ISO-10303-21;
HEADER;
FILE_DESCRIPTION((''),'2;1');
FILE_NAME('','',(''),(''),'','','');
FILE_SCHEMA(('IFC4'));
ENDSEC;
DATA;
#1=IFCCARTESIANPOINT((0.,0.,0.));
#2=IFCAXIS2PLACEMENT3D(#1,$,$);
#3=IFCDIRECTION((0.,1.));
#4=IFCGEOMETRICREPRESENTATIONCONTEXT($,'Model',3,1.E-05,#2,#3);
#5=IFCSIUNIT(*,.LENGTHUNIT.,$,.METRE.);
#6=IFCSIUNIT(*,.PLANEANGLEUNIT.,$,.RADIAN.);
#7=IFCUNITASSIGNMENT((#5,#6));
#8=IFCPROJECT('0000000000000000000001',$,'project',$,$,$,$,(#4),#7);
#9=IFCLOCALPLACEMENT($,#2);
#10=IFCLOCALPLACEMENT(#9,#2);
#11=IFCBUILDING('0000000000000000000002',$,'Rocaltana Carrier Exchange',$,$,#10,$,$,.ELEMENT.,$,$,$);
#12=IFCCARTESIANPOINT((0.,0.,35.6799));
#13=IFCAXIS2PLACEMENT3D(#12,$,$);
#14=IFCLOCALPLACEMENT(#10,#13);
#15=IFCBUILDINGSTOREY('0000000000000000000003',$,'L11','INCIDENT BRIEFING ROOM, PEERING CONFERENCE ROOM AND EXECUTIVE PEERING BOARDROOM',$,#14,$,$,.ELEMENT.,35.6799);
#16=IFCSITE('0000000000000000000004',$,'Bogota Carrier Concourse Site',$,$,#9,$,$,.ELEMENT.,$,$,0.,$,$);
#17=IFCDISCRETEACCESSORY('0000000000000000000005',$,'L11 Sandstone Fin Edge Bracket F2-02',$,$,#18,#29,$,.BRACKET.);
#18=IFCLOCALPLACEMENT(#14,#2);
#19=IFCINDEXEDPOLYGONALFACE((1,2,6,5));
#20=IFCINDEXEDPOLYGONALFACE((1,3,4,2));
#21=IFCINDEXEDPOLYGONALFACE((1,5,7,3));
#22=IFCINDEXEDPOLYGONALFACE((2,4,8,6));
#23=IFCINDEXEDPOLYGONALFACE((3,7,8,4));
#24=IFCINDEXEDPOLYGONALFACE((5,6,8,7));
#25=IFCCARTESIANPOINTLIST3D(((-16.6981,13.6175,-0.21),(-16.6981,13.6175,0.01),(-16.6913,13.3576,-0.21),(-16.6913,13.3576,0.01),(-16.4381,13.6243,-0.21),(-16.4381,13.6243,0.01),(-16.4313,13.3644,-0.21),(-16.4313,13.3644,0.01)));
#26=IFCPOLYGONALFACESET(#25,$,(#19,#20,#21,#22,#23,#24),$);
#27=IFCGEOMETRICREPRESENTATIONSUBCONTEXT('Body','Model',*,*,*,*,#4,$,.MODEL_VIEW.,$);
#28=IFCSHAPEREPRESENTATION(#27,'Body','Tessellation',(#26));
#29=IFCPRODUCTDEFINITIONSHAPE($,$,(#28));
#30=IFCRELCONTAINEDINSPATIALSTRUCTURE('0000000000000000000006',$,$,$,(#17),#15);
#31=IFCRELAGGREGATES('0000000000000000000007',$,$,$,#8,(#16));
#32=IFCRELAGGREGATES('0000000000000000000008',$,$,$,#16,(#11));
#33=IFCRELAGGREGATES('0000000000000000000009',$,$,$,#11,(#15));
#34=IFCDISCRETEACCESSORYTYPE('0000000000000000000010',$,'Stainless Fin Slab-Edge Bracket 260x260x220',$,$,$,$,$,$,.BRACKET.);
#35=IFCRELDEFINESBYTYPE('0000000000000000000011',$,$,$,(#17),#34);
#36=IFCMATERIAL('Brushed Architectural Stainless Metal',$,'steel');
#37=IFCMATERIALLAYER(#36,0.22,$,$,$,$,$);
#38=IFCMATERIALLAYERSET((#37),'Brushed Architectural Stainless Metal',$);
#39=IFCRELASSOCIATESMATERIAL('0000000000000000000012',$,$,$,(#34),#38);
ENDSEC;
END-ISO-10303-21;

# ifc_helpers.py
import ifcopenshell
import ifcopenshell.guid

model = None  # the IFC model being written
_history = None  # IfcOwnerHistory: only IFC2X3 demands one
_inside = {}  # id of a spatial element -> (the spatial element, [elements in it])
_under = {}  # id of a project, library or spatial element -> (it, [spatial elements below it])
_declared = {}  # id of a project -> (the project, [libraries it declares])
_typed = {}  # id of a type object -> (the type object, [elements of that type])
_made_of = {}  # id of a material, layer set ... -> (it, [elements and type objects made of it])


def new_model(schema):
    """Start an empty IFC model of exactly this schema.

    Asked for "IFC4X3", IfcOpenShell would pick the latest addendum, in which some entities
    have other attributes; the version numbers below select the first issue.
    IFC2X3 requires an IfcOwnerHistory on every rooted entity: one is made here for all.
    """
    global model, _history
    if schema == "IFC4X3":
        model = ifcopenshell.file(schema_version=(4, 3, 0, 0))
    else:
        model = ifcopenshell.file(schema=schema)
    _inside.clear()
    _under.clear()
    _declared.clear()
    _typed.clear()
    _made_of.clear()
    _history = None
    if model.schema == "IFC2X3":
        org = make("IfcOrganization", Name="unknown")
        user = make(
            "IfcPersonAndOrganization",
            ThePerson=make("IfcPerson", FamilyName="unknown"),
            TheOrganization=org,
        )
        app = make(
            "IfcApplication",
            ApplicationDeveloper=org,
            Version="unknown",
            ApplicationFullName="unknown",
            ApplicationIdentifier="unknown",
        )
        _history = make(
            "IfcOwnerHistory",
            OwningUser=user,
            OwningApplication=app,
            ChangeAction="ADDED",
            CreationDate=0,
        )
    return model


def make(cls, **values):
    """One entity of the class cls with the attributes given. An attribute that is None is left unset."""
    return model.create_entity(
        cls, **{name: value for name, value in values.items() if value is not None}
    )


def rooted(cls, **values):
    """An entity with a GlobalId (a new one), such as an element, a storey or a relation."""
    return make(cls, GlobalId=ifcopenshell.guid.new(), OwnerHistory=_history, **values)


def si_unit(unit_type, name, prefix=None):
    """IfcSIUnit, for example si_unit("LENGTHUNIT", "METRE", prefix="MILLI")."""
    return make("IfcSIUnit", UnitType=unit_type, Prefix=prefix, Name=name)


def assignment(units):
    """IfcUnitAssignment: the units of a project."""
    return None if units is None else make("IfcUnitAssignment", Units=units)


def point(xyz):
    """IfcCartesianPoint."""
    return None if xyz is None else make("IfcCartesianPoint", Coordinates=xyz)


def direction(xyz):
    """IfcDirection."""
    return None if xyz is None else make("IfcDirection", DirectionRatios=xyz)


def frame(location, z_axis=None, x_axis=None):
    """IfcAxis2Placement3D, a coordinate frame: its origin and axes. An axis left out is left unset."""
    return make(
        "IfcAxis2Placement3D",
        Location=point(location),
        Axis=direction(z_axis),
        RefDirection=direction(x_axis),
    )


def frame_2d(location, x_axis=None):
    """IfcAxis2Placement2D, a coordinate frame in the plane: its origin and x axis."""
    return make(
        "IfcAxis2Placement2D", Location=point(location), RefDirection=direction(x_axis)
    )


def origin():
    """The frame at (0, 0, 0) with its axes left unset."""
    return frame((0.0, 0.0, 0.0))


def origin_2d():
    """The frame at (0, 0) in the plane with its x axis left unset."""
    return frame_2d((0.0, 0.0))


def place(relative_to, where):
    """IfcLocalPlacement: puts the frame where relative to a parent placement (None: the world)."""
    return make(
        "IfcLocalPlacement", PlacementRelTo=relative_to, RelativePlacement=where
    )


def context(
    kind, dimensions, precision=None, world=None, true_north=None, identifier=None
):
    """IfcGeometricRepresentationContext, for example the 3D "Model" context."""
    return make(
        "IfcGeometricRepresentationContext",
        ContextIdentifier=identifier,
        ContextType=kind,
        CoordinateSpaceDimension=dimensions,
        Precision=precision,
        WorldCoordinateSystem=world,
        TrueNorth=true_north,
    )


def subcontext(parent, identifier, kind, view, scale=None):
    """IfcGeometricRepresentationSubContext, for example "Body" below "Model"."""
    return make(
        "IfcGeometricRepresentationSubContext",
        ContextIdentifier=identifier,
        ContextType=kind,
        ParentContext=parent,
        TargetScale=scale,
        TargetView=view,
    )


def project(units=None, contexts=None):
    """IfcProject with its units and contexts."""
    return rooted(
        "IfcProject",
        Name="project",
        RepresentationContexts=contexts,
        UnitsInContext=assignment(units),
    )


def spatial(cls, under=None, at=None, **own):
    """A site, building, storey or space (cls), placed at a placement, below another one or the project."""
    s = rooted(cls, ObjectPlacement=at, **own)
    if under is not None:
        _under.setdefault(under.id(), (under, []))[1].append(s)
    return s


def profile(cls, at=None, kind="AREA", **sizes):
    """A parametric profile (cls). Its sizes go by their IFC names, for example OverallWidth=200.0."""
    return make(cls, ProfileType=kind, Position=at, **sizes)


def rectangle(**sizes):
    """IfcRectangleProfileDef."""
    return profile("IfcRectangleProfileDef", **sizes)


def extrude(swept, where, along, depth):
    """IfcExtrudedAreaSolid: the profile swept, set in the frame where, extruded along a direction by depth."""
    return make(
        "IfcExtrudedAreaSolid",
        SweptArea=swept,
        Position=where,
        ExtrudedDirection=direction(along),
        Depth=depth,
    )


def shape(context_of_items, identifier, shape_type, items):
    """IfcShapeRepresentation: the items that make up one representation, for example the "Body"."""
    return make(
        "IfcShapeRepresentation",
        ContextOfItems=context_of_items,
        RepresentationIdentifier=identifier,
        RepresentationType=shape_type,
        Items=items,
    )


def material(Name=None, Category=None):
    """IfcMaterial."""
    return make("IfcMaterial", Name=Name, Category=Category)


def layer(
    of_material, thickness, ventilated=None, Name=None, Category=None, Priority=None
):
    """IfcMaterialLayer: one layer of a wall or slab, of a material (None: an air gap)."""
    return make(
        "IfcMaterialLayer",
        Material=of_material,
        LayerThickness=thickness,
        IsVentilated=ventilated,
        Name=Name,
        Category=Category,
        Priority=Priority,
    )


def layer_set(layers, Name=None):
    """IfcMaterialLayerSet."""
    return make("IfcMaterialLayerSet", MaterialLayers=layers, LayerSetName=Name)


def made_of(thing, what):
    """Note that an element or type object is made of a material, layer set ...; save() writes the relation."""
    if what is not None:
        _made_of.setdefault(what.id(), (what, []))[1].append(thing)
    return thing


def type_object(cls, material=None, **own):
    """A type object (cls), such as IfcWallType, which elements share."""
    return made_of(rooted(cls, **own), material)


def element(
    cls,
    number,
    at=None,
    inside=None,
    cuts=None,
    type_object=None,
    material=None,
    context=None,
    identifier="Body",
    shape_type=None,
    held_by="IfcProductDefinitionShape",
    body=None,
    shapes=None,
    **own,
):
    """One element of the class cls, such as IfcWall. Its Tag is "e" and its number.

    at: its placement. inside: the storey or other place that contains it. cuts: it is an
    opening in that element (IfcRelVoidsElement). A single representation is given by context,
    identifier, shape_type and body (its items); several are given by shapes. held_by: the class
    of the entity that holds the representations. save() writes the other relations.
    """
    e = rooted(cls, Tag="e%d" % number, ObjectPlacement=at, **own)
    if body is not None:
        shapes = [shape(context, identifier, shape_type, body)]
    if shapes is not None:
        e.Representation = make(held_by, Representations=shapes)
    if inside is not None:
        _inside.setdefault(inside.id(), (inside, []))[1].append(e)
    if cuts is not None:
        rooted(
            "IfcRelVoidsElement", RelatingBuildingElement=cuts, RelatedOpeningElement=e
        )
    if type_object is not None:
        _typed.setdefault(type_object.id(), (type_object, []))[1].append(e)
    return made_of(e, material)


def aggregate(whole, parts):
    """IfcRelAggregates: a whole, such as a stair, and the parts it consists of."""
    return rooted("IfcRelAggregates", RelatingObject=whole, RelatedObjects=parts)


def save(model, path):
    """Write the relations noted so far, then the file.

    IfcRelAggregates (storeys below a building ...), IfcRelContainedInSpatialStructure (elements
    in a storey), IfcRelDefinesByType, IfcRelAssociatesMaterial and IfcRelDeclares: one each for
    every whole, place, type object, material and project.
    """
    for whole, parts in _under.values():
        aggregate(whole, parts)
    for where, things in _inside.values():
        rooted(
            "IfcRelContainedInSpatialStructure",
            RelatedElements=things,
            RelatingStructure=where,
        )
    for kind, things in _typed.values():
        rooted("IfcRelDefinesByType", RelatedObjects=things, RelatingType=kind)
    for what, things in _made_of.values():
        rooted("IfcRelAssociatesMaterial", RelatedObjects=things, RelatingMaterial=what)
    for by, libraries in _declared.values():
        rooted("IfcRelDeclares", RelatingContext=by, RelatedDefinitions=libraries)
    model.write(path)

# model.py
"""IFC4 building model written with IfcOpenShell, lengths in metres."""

from ifc_helpers import new_model, si_unit, direction, frame, origin, origin_2d, place, context, subcontext, project, spatial, rectangle, extrude, material, layer, layer_set, type_object, element, save


model = new_model("IFC4")

# Units and contexts
model_context = context("Model", 3, precision=1e-05, world=origin(), true_north=direction((0.0, 1.0)))
body_context = subcontext(model_context, "Body", "Model", "MODEL_VIEW")
ifc_project = project(units=[si_unit("LENGTHUNIT", "METRE"), si_unit("PLANEANGLEUNIT", "RADIAN")], contexts=[model_context])

# Site, building, storey
site_placement = place(None, origin())
site = spatial("IfcSite", under=ifc_project, at=site_placement, Name="Bogota Carrier Concourse Site", CompositionType="ELEMENT", RefElevation=0.0)
building_placement = place(site_placement, origin())
building = spatial("IfcBuilding", under=site, at=building_placement, Name="Rocaltana Carrier Exchange", CompositionType="ELEMENT")
storey_placement = place(building_placement, frame((0.0, 0.0, 35.6799)))
storey = spatial("IfcBuildingStorey", under=building, at=storey_placement, Name="L11", Description="INCIDENT BRIEFING ROOM, PEERING CONFERENCE ROOM AND EXECUTIVE PEERING BOARDROOM", CompositionType="ELEMENT", Elevation=35.6799)

# Discrete accessory
ifc_material_1 = material(Name="Brushed Architectural Stainless Metal", Category="steel")
ifc_layer_1 = layer(ifc_material_1, 0.22)
ifc_layer_set_1 = layer_set([ifc_layer_1], Name="Brushed Architectural Stainless Metal")
discrete_accessory_type = type_object("IfcDiscreteAccessoryType", Name="Stainless Fin Slab-Edge Bracket 260x260x220", PredefinedType="BRACKET", material=ifc_layer_set_1)
discrete_accessory_placement = place(storey_placement, frame((-16.5647, 13.491, -0.21), z_axis=(0.0, 0.0, 1.0), x_axis=(0.026177, -0.999657, 0.0)))
element("IfcDiscreteAccessory", 1, at=discrete_accessory_placement, inside=storey, type_object=discrete_accessory_type, Name="L11 Sandstone Fin Edge Bracket F2-02", PredefinedType="BRACKET", context=body_context, shape_type="SweptSolid", body=[
    extrude(rectangle(XDim=0.26, YDim=0.26, at=origin_2d()), origin(), (0.0, 0.0, 1.0), 0.22),
])

save(model, "model.ifc")
